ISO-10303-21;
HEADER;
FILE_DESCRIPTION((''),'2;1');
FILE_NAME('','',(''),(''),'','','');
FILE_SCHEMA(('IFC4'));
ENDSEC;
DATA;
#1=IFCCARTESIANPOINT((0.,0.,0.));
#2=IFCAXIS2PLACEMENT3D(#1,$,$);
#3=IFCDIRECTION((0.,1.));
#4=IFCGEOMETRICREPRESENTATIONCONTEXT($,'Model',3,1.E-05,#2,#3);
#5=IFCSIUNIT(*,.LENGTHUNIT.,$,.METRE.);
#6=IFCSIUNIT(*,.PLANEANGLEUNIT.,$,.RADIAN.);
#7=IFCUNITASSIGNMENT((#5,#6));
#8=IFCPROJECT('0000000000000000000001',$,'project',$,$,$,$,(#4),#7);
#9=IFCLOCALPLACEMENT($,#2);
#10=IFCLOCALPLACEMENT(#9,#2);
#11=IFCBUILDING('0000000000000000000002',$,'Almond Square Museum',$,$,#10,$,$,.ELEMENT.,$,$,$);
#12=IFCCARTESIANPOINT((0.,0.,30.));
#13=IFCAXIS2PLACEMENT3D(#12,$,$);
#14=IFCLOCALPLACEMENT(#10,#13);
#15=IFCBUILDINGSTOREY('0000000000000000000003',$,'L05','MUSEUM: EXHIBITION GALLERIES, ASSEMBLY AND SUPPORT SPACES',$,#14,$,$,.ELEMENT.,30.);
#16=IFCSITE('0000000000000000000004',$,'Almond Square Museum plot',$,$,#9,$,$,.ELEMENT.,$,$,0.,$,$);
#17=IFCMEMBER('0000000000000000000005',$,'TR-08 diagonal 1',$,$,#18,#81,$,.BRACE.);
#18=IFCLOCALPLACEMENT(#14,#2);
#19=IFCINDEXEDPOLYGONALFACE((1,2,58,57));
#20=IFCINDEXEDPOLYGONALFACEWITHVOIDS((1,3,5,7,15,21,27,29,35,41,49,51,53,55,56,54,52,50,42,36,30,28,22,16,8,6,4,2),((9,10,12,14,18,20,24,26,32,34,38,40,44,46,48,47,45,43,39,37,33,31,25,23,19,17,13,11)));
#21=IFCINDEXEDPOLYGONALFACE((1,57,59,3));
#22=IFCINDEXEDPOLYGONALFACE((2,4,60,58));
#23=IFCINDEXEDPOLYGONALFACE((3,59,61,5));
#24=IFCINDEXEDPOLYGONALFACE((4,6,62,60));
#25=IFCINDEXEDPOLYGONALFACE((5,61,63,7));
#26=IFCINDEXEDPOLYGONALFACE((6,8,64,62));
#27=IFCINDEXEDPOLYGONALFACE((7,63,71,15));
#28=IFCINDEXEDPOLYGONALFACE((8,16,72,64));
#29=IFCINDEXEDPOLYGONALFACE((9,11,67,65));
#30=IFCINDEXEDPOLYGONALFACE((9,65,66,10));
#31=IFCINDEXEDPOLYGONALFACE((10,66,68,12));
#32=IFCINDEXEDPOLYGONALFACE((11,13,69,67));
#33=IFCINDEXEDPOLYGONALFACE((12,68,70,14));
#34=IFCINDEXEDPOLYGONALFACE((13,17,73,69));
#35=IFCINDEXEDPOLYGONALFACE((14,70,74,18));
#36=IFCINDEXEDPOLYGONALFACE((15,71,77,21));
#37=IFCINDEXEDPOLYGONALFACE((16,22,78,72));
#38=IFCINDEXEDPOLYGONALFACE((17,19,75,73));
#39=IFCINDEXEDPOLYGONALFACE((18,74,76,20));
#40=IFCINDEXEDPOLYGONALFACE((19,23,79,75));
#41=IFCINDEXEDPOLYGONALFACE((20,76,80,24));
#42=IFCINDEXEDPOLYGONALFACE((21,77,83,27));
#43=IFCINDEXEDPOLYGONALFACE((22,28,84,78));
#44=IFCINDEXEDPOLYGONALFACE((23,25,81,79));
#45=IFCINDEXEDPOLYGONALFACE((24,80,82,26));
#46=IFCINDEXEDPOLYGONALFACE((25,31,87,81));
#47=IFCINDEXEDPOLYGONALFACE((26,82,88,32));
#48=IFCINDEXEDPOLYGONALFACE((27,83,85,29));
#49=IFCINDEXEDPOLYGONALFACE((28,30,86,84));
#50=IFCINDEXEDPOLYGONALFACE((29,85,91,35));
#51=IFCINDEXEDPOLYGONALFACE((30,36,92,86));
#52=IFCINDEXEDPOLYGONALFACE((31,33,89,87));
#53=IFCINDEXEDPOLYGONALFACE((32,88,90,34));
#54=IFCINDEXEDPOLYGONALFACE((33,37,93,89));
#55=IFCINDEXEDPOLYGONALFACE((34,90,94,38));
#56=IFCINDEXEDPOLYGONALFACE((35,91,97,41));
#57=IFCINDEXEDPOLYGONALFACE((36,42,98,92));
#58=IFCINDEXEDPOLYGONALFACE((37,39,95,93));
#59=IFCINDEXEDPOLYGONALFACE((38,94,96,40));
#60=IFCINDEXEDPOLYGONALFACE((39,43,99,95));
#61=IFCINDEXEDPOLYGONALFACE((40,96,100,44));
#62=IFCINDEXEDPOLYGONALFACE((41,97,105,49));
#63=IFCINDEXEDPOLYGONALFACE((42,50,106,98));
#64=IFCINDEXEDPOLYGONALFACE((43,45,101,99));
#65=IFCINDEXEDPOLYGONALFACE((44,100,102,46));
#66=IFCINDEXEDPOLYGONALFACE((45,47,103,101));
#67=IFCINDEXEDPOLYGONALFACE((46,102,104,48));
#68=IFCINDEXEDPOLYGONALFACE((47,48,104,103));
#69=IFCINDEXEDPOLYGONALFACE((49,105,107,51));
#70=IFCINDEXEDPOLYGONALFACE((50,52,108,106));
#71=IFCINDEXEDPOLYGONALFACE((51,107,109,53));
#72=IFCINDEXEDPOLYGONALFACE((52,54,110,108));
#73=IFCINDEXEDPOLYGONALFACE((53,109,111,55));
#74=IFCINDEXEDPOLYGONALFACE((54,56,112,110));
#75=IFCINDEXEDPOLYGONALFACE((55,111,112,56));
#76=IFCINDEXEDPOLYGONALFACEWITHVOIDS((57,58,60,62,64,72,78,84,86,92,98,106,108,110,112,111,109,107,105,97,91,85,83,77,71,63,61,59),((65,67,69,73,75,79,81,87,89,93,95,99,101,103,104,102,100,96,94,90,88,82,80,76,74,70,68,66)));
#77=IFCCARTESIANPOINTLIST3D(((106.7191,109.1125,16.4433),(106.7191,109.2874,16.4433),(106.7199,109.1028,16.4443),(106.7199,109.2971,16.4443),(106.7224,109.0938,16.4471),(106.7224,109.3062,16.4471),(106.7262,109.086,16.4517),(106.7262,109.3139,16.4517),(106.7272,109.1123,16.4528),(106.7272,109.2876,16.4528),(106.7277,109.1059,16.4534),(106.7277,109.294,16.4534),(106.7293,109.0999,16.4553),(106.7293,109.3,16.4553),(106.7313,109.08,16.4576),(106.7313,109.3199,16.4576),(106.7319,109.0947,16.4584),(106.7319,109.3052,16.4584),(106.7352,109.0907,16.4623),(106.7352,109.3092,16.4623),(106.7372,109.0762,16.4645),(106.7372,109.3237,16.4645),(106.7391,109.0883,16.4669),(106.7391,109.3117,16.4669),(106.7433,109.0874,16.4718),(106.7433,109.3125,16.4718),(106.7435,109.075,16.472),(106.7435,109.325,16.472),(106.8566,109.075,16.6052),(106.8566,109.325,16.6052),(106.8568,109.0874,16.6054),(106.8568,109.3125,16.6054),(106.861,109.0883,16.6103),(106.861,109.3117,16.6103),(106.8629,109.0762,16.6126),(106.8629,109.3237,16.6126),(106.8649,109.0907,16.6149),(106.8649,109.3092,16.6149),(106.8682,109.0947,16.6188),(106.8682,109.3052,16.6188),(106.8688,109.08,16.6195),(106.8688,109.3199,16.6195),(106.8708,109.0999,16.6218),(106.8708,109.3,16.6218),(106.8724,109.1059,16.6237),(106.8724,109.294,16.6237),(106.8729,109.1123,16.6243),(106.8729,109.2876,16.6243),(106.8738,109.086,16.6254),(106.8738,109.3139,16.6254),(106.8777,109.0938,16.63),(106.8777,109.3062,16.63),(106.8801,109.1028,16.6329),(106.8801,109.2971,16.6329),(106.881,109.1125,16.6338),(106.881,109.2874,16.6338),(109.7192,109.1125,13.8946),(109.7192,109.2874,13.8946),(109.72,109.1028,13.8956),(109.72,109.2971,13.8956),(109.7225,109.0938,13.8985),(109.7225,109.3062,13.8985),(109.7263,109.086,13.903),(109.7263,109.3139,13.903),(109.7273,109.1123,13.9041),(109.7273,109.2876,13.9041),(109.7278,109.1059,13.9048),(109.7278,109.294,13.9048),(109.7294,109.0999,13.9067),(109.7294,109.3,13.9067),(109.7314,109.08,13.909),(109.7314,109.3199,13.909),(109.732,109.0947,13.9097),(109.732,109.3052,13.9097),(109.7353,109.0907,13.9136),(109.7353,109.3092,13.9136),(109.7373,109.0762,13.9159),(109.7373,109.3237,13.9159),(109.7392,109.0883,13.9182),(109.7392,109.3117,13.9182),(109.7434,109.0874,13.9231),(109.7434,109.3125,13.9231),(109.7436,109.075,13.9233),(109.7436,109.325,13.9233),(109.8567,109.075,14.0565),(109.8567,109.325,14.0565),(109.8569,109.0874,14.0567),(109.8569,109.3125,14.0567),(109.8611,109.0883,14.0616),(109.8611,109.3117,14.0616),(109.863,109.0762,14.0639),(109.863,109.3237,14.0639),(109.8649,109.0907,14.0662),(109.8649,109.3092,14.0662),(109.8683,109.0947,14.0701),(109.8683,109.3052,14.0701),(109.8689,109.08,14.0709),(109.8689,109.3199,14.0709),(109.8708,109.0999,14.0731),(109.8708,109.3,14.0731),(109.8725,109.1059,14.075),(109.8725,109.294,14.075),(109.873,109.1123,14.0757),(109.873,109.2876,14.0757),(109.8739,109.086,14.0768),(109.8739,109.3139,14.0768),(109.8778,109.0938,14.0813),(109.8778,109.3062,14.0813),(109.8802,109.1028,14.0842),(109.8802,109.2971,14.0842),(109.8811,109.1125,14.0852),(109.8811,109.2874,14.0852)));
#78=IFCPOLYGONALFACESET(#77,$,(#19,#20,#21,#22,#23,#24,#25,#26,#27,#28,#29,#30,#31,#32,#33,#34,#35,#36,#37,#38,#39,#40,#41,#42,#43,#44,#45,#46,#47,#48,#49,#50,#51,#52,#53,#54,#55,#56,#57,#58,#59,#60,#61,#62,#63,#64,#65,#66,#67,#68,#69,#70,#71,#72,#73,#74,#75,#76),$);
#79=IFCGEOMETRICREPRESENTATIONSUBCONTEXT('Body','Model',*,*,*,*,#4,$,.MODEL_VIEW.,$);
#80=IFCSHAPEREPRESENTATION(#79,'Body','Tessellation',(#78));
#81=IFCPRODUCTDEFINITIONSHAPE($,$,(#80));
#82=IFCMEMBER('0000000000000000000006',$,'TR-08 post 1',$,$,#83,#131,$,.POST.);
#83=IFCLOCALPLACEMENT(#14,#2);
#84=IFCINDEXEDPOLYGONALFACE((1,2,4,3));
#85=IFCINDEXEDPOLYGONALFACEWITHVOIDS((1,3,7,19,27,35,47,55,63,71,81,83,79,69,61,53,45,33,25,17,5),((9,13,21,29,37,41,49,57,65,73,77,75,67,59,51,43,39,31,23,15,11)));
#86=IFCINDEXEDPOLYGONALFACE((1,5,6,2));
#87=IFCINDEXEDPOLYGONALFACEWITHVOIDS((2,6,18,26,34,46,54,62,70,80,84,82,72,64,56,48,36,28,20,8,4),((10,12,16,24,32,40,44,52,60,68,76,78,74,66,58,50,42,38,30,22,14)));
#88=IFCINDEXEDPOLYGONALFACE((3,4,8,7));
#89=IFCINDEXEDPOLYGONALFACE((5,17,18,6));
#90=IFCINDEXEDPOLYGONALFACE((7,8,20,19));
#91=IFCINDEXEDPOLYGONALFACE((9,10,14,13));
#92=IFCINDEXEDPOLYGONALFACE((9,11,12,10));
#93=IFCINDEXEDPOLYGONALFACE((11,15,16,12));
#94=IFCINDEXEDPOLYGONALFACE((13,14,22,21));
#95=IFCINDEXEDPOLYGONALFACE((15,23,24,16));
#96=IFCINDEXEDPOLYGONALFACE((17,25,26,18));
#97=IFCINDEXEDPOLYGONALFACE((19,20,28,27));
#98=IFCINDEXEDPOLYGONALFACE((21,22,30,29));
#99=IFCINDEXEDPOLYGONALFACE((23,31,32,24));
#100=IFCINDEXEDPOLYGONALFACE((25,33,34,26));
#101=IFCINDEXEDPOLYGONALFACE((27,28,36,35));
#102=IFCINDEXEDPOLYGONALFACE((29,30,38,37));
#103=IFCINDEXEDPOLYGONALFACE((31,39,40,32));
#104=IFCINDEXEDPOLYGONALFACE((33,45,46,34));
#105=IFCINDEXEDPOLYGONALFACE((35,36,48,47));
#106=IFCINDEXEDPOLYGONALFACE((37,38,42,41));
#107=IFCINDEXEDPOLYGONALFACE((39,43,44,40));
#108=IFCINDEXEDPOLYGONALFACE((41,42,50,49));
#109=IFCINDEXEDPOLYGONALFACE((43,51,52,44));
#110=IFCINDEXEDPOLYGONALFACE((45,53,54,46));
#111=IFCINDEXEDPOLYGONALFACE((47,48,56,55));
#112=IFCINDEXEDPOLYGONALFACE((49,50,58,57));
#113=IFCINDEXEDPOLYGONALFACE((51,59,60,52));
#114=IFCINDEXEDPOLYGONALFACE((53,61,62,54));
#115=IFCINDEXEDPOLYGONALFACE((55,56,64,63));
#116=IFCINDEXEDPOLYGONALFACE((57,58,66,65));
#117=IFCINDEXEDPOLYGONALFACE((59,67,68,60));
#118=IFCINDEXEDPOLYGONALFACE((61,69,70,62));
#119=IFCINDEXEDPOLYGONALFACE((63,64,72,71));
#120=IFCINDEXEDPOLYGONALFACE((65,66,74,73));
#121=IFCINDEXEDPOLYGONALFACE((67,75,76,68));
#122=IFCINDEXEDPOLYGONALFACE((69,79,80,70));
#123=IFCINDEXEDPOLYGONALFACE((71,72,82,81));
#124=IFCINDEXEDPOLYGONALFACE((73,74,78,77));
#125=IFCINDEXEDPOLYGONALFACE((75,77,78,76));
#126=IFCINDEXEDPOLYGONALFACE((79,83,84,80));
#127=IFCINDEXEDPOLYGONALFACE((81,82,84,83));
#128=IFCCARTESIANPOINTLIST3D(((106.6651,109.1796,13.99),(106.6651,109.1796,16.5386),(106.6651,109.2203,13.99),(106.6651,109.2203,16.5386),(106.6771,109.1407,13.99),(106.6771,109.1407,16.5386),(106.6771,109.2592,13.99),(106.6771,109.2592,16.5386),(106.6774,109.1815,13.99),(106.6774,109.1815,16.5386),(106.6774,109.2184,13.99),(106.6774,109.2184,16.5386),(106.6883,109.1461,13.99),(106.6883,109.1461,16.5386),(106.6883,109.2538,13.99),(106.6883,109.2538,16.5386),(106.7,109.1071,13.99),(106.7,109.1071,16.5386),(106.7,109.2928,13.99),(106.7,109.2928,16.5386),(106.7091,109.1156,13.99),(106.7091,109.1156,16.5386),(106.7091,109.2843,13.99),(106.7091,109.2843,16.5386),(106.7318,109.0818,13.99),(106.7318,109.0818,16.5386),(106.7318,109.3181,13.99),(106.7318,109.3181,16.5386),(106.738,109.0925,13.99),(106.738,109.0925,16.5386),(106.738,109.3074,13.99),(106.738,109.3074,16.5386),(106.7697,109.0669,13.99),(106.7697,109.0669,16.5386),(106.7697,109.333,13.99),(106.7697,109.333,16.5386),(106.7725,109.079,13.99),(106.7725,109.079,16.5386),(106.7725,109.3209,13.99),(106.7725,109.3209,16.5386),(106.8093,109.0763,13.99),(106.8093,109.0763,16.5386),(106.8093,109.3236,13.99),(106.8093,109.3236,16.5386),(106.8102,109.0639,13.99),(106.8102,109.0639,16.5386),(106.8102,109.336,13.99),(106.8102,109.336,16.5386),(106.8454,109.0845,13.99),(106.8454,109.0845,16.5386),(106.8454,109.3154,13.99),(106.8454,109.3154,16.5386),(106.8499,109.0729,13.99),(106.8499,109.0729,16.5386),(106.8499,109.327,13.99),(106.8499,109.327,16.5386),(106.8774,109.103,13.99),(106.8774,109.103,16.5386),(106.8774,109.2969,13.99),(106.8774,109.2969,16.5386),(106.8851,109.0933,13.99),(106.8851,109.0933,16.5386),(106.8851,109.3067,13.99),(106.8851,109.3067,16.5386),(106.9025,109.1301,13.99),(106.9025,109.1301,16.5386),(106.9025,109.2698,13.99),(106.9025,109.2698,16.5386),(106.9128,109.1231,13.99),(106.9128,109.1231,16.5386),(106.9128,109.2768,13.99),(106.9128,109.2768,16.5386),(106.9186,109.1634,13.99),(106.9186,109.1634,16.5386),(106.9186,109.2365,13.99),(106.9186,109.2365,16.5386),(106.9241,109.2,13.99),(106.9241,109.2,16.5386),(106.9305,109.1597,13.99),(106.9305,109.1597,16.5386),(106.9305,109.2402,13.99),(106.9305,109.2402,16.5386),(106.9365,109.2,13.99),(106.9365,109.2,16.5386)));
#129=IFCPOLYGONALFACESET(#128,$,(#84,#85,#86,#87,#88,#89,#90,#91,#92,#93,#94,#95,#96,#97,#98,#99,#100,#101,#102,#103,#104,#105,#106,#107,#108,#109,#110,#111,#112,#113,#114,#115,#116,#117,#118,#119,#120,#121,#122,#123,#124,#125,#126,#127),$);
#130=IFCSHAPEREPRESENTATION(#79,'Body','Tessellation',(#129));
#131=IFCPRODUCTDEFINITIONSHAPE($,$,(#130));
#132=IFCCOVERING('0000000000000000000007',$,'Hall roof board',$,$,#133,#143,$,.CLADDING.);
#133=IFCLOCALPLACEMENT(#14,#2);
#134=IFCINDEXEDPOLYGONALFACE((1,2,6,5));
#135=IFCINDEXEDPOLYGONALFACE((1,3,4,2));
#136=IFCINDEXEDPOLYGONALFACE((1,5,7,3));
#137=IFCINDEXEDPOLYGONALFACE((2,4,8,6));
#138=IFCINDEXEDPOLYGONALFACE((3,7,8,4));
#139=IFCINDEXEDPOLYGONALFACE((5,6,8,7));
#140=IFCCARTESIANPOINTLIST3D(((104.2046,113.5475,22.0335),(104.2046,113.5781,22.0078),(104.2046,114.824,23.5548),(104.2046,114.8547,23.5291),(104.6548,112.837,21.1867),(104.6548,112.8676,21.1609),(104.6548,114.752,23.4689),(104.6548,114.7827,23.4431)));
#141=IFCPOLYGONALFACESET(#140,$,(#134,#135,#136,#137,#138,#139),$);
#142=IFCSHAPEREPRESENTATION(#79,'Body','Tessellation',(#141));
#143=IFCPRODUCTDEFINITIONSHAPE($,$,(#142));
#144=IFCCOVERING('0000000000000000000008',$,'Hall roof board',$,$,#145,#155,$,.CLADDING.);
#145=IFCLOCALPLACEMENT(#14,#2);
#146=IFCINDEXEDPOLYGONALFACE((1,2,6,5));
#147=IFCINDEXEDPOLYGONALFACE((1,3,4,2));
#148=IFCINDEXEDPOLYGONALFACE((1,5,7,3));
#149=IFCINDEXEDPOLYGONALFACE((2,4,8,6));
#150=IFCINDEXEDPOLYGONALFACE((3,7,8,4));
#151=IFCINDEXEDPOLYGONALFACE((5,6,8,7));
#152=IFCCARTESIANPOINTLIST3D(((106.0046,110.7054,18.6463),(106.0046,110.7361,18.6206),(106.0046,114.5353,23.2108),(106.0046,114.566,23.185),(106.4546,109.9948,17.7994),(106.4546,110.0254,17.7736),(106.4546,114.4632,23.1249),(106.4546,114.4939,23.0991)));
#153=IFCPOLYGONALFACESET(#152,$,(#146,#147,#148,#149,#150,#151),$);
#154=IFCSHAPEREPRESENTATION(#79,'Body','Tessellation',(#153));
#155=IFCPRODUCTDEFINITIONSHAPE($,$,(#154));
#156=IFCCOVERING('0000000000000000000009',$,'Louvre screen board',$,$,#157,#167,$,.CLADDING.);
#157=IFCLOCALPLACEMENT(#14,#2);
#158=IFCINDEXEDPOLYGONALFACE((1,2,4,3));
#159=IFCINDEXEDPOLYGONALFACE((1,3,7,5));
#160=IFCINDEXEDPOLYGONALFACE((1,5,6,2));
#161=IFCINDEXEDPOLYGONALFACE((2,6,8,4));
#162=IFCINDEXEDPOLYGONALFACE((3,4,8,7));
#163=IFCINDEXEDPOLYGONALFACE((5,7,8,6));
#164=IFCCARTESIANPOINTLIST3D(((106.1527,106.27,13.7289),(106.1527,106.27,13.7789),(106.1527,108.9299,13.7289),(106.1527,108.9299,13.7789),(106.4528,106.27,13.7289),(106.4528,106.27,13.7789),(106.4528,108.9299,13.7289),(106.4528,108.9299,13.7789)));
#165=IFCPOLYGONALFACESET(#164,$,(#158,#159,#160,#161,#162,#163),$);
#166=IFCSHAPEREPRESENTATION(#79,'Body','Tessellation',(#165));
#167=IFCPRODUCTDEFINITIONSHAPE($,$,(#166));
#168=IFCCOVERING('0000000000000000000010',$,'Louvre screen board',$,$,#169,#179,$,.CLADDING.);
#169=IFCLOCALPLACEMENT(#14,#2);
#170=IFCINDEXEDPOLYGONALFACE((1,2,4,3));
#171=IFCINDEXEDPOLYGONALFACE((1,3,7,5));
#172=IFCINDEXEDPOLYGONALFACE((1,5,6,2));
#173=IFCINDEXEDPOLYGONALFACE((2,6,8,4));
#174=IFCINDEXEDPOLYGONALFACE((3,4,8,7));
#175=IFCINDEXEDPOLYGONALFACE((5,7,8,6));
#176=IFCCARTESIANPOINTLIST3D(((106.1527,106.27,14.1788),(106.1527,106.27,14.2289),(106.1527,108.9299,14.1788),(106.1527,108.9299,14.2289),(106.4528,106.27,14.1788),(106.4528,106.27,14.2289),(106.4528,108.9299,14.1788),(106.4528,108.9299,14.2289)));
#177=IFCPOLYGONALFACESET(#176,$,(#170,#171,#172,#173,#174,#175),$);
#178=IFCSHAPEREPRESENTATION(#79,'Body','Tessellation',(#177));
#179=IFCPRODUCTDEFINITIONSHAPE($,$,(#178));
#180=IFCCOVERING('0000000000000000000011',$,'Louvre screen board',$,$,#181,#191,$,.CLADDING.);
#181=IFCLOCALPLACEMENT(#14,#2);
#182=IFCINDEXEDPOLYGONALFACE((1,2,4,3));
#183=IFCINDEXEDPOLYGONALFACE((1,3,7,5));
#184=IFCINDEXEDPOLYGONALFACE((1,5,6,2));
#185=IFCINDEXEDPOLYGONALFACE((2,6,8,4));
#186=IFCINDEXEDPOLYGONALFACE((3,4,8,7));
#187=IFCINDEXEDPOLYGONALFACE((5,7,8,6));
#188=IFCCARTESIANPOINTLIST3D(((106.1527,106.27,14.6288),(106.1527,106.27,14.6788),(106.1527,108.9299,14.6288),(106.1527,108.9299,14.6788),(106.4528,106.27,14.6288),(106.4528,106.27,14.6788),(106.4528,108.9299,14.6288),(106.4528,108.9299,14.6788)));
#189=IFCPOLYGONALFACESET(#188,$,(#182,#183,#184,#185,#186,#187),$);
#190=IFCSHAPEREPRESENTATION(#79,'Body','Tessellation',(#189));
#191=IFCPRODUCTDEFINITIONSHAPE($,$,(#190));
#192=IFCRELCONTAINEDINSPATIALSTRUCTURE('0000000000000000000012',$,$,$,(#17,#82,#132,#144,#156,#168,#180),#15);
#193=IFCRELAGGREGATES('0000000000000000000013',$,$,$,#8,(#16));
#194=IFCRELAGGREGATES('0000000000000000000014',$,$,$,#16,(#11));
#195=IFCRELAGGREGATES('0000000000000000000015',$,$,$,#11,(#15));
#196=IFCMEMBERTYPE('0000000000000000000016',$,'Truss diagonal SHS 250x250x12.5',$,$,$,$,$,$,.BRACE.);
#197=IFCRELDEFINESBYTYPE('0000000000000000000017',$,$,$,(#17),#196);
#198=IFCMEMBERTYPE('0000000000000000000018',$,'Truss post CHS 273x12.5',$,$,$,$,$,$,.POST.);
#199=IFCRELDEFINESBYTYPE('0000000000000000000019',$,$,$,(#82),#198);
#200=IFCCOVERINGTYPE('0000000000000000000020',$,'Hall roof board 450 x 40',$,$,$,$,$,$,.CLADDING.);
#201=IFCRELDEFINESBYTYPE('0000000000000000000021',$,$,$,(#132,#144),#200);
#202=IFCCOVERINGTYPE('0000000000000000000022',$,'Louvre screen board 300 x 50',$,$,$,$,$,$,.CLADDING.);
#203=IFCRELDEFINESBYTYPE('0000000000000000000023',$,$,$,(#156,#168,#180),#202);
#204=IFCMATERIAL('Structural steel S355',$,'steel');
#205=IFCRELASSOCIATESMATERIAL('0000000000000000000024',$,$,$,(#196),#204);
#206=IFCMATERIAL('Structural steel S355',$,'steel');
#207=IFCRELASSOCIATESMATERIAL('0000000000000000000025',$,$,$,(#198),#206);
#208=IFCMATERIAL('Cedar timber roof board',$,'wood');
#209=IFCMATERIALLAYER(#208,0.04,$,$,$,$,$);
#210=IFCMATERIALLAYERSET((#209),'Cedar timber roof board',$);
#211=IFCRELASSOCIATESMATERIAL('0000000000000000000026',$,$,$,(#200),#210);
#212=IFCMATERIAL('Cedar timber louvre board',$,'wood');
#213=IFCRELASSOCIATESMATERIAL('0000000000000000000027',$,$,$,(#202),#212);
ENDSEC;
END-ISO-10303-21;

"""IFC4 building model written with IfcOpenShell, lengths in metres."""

from ifc_helpers import new_model, si_unit, direction, frame, origin, origin_2d, place, context, subcontext, project, spatial, polyline, rectangle, hollow_rectangle, hollow_circle, outline, extrude, material, layer, layer_set, material_profile, profile_set, type_object, element, save


model = new_model("IFC4")

# Units and contexts
model_context = context("Model", 3, precision=1e-05, world=origin(), true_north=direction((0.0, 1.0)))
body_context = subcontext(model_context, "Body", "Model", "MODEL_VIEW")
ifc_project = project(units=[si_unit("LENGTHUNIT", "METRE"), si_unit("PLANEANGLEUNIT", "RADIAN")], contexts=[model_context])

# Site, building, storey
site_placement = place(None, origin())
site = spatial("IfcSite", under=ifc_project, at=site_placement, Name="Almond Square Museum plot", CompositionType="ELEMENT", RefElevation=0.0)
building_placement = place(site_placement, origin())
building = spatial("IfcBuilding", under=site, at=building_placement, Name="Almond Square Museum", CompositionType="ELEMENT")
storey_placement = place(building_placement, frame((0.0, 0.0, 30.0)))
storey = spatial("IfcBuildingStorey", under=building, at=storey_placement, Name="L05", Description="MUSEUM: EXHIBITION GALLERIES, ASSEMBLY AND SUPPORT SPACES", CompositionType="ELEMENT", Elevation=30.0)

# Members
ifc_material_1 = material(Name="Structural steel S355", Category="steel")
ifc_material_profile_1 = material_profile(ifc_material_1, hollow_rectangle(XDim=0.25, YDim=0.25, WallThickness=0.0125, InnerFilletRadius=0.0249, OuterFilletRadius=0.0376, at=origin_2d()))
ifc_profile_set_1 = profile_set([ifc_material_profile_1], Name="Structural steel S355")
member_type_1 = type_object("IfcMemberType", Name="Truss diagonal SHS 250x250x12.5", PredefinedType="BRACE", material=ifc_profile_set_1)
member_1_placement = place(storey_placement, frame((106.8, 109.2, 16.5386), z_axis=(0.762117, 0.0, -0.64744), x_axis=(0.0, 1.0, 0.0)))
element("IfcMember", 1, at=member_1_placement, inside=storey, type_object=member_type_1, Name="TR-08 diagonal 1", PredefinedType="BRACE", context=body_context, shape_type="SweptSolid", body=[
    extrude(hollow_rectangle(XDim=0.25, YDim=0.25, WallThickness=0.0125, InnerFilletRadius=0.0249, OuterFilletRadius=0.0376, at=origin_2d()), origin(), (0.0, 0.0, 1.0), 3.9365),
])
ifc_material_2 = material(Name="Structural steel S355", Category="steel")
ifc_material_profile_2 = material_profile(ifc_material_2, hollow_circle(Radius=0.1365, WallThickness=0.0125, at=origin_2d()))
ifc_profile_set_2 = profile_set([ifc_material_profile_2], Name="Structural steel S355")
member_type_2 = type_object("IfcMemberType", Name="Truss post CHS 273x12.5", PredefinedType="POST", material=ifc_profile_set_2)
member_2_placement = place(storey_placement, frame((106.8, 109.2, 13.99), z_axis=(0.0, 0.0, 1.0), x_axis=(1.0, 0.0, 0.0)))
element("IfcMember", 2, at=member_2_placement, inside=storey, type_object=member_type_2, Name="TR-08 post 1", PredefinedType="POST", context=body_context, shape_type="SweptSolid", body=[
    extrude(hollow_circle(Radius=0.1365, WallThickness=0.0125, at=origin_2d()), origin(), (0.0, 0.0, 1.0), 2.5486),
])

# Coverings
ifc_material_3 = material(Name="Cedar timber roof board", Category="wood")
ifc_layer = layer(ifc_material_3, 0.04)
ifc_layer_set = layer_set([ifc_layer], Name="Cedar timber roof board")
covering_type_1 = type_object("IfcCoveringType", Name="Hall roof board 450 x 40", PredefinedType="CLADDING", material=ifc_layer_set)
covering_1_placement = place(storey_placement, frame((104.6548, 114.7827, 23.4431), z_axis=(0.000283, -0.766028, 0.642807), x_axis=(-0.970356, 0.155142, 0.185309)))
element("IfcCovering", 3, at=covering_1_placement, inside=storey, type_object=covering_type_1, Name="Hall roof board", PredefinedType="CLADDING", context=body_context, shape_type="SweptSolid", body=[
    extrude(outline(polyline([(0.0, 0.0), (0.4639, 0.0), (-0.016, 1.9271), (-0.72, 2.8909), (0.0, 0.0)])), origin(), (0.0, 0.0, 1.0), 0.04),
])
covering_2_placement = place(storey_placement, frame((106.4546, 114.4939, 23.0991), z_axis=(0.00002, -0.766055, 0.642776), x_axis=(-0.970326, 0.15541, 0.185246)))
element("IfcCovering", 4, at=covering_2_placement, inside=storey, type_object=covering_type_1, Name="Hall roof board", PredefinedType="CLADDING", context=body_context, shape_type="SweptSolid", body=[
    extrude(outline(polyline([(0.0, 0.0), (0.4637, 0.0), (-0.977, 5.7815), (-1.681, 6.7455), (0.0, 0.0)])), origin(), (0.0, 0.0, 1.0), 0.04),
])
ifc_material_4 = material(Name="Cedar timber louvre board", Category="wood")
ifc_material_profile_3 = material_profile(ifc_material_4, rectangle(XDim=0.3, YDim=0.05, at=origin_2d()))
ifc_profile_set_3 = profile_set([ifc_material_profile_3], Name="Cedar timber louvre board")
covering_type_2 = type_object("IfcCoveringType", Name="Louvre screen board 300 x 50", PredefinedType="CLADDING", material=ifc_profile_set_3)
for number, where, z_axis, x_axis, name in (
    (5, (106.3027, 106.27, 13.7539), (0.0, 1.0, 0.0), (-1.0, 0.0, 0.0), "Louvre screen board"),
    (6, (106.3027, 106.27, 14.2039), (0.0, 1.0, 0.0), (-1.0, 0.0, 0.0), "Louvre screen board"),
    (7, (106.3027, 106.27, 14.6538), (0.0, 1.0, 0.0), (-1.0, 0.0, 0.0), "Louvre screen board"),
):
    element("IfcCovering", number, at=place(storey_placement, frame(where, z_axis=z_axis, x_axis=x_axis)), inside=storey, type_object=covering_type_2, Name=name, PredefinedType="CLADDING", context=body_context, shape_type="SweptSolid", body=[
        extrude(rectangle(XDim=0.3, YDim=0.05, at=origin_2d()), origin(), (0.0, 0.0, 1.0), 2.6599),
    ])

save(model, "model.ifc")
